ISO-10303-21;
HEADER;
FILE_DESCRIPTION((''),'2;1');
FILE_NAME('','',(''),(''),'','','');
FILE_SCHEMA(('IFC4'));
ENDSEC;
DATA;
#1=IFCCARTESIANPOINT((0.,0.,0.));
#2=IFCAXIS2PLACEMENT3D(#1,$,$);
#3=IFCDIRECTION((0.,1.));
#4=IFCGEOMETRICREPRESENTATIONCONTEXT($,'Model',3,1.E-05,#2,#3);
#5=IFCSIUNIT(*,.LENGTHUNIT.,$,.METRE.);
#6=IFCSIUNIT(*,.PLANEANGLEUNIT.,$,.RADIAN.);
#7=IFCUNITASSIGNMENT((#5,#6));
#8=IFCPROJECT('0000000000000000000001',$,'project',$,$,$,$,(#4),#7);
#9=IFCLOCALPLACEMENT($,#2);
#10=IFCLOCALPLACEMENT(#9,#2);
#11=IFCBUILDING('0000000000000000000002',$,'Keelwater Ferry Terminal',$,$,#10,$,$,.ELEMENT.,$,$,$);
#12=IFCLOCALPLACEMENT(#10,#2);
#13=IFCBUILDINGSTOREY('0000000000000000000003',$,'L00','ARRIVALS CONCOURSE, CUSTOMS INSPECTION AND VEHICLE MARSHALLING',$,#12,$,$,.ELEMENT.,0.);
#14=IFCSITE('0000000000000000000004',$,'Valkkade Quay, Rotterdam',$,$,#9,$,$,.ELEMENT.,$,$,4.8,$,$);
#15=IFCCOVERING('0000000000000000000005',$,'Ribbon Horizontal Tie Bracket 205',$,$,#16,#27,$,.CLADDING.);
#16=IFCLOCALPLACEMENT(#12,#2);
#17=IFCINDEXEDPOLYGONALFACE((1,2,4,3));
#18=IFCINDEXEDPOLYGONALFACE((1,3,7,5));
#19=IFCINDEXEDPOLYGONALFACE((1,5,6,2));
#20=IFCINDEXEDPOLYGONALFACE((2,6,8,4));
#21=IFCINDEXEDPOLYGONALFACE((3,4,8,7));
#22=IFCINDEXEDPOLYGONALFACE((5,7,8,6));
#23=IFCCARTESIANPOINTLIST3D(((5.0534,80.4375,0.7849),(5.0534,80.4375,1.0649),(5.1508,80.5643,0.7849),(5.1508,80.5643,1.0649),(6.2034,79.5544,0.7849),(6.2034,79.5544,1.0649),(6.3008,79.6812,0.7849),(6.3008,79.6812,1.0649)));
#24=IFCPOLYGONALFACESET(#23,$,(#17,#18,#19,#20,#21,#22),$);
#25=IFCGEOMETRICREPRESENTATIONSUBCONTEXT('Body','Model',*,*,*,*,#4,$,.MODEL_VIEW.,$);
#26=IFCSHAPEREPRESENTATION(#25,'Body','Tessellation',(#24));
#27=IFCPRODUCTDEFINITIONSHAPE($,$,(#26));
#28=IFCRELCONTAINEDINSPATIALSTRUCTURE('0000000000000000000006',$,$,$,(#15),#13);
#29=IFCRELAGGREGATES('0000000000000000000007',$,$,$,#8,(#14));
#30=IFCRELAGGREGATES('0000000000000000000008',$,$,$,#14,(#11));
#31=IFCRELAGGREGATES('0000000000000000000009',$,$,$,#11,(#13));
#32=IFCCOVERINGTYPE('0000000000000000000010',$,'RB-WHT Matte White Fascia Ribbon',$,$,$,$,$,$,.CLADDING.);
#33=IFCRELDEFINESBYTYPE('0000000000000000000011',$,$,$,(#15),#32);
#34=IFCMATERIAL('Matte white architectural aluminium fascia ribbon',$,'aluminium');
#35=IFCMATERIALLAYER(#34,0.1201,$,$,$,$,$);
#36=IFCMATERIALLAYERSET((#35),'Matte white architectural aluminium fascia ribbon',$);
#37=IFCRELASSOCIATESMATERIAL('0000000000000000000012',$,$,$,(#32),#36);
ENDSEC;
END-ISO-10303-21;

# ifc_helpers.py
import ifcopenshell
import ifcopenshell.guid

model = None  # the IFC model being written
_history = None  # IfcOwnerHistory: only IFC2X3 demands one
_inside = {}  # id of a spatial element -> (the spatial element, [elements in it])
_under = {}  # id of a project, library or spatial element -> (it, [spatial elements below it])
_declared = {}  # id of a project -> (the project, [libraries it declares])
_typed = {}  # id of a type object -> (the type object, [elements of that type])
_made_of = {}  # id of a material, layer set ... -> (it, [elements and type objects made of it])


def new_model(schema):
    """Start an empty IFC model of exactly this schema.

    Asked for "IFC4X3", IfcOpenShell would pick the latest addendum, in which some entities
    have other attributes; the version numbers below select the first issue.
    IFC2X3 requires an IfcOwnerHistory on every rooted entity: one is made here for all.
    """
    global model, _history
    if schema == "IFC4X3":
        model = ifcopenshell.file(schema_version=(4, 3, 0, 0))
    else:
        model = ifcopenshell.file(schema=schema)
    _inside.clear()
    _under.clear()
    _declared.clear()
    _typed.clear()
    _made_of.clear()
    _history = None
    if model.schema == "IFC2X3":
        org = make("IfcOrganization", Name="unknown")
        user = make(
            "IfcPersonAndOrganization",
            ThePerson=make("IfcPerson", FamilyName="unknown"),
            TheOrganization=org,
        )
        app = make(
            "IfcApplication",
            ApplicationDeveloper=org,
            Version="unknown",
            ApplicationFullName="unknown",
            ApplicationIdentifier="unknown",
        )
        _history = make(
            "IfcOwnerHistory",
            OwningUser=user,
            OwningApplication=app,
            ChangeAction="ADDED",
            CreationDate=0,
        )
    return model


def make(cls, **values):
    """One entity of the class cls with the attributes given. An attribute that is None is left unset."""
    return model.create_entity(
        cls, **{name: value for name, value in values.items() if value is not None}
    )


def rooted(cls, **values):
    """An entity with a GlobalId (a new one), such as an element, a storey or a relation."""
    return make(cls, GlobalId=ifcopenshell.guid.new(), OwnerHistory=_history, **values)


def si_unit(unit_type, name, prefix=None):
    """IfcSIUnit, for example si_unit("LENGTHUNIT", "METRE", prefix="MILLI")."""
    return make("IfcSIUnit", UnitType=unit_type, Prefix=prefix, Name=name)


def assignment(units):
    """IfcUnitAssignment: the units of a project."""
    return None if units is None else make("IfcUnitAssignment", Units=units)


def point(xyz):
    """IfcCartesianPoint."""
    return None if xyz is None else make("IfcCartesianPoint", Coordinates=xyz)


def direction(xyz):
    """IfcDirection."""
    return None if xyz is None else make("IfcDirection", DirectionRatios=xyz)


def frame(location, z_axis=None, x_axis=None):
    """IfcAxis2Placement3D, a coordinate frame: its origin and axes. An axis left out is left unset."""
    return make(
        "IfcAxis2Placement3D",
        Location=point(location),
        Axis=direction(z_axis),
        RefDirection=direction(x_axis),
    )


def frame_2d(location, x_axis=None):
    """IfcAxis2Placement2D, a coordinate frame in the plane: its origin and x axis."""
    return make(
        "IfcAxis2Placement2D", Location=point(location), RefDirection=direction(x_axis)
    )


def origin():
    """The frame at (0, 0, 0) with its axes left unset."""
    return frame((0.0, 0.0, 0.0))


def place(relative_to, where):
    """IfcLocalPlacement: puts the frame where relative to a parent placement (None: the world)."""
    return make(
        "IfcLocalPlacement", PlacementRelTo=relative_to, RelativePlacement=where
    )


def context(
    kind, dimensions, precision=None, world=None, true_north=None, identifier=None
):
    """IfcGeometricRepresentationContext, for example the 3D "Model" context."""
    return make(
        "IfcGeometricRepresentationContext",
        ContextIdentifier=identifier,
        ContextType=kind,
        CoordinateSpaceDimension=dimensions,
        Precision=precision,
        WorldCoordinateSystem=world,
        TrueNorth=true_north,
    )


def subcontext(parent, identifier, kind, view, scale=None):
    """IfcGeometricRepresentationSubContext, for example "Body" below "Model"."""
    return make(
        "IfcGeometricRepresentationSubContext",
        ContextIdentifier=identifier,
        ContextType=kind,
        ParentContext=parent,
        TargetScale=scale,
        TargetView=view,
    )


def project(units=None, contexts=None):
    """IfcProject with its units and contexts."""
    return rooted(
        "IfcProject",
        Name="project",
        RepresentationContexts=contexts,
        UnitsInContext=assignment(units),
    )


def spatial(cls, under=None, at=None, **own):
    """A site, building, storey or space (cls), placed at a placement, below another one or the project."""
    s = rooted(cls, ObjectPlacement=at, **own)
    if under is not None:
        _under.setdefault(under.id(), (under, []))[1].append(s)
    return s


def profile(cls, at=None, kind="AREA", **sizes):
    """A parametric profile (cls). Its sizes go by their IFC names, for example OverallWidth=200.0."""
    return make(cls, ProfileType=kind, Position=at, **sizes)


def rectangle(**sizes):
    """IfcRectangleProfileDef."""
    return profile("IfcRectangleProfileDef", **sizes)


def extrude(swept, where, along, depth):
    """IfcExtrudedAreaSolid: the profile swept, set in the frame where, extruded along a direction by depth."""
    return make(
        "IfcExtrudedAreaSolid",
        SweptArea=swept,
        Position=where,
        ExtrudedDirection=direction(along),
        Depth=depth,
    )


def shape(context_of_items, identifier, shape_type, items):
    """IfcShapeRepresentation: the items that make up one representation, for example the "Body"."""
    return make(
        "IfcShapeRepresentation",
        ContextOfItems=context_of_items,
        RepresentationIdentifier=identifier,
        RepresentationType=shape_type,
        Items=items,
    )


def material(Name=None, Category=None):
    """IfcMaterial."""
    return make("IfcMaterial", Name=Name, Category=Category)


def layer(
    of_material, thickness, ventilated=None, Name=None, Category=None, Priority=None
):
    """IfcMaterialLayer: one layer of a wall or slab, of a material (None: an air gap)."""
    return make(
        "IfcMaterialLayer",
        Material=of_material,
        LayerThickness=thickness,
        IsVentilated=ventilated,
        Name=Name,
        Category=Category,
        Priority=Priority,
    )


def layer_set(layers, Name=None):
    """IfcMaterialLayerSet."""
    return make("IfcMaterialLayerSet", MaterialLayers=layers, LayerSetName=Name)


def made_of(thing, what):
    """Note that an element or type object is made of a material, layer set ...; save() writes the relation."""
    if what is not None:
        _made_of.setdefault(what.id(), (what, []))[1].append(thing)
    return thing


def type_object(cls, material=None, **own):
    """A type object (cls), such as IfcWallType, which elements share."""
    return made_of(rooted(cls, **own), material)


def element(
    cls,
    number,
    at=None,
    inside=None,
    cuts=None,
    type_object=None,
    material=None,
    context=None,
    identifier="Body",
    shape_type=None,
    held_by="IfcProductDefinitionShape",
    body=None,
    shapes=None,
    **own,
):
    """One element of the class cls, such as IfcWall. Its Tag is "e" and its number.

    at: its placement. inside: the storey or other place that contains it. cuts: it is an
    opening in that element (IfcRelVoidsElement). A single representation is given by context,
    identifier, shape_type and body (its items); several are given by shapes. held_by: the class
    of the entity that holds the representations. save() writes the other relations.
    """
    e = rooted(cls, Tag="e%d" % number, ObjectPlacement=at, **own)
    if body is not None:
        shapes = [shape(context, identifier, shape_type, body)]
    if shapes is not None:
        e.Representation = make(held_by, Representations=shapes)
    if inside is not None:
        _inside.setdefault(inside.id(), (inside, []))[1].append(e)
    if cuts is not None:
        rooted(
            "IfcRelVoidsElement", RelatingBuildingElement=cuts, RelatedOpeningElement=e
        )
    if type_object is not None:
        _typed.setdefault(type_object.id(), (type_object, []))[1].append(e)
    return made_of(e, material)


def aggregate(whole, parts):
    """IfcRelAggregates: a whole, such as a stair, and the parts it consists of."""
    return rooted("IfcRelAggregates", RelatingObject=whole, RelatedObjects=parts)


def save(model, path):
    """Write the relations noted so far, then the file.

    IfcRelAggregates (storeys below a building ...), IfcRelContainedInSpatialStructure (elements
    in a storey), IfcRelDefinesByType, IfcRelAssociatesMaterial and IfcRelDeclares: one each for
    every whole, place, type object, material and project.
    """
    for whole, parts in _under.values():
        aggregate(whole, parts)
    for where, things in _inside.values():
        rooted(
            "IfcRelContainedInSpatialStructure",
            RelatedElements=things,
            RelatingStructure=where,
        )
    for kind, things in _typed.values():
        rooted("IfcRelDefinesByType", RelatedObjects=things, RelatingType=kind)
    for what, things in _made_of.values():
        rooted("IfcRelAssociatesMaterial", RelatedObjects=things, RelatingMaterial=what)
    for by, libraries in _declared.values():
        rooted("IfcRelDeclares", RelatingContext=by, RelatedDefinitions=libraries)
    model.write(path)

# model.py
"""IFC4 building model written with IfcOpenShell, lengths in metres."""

from ifc_helpers import new_model, si_unit, direction, frame, frame_2d, origin, place, context, subcontext, project, spatial, rectangle, extrude, material, layer, layer_set, type_object, element, save


model = new_model("IFC4")

# Units and contexts
model_context = context("Model", 3, precision=1e-05, world=origin(), true_north=direction((0.0, 1.0)))
body_context = subcontext(model_context, "Body", "Model", "MODEL_VIEW")
ifc_project = project(units=[si_unit("LENGTHUNIT", "METRE"), si_unit("PLANEANGLEUNIT", "RADIAN")], contexts=[model_context])

# Site, building, storey
site_placement = place(None, origin())
site = spatial("IfcSite", under=ifc_project, at=site_placement, Name="Valkkade Quay, Rotterdam", CompositionType="ELEMENT", RefElevation=4.8)
building_placement = place(site_placement, origin())
building = spatial("IfcBuilding", under=site, at=building_placement, Name="Keelwater Ferry Terminal", CompositionType="ELEMENT")
storey_placement = place(building_placement, origin())
storey = spatial("IfcBuildingStorey", under=building, at=storey_placement, Name="L00", Description="ARRIVALS CONCOURSE, CUSTOMS INSPECTION AND VEHICLE MARSHALLING", CompositionType="ELEMENT", Elevation=0.0)

# Covering
ifc_material_1 = material(Name="Matte white architectural aluminium fascia ribbon", Category="aluminium")
ifc_layer_1 = layer(ifc_material_1, 0.1201)
ifc_layer_set_1 = layer_set([ifc_layer_1], Name="Matte white architectural aluminium fascia ribbon")
covering_type = type_object("IfcCoveringType", Name="RB-WHT Matte White Fascia Ribbon", PredefinedType="CLADDING", material=ifc_layer_set_1)
covering_1_placement = place(storey_placement, frame((5.1021, 80.501, 0.7849), z_axis=(0.0, 0.0, 1.0), x_axis=(0.793118, -0.609068, 0.0)))
element("IfcCovering", 1, at=covering_1_placement, inside=storey, type_object=covering_type, Name="Ribbon Horizontal Tie Bracket 205", PredefinedType="CLADDING", context=body_context, shape_type="SweptSolid", body=[
    extrude(rectangle(XDim=1.45, YDim=0.1599, at=frame_2d((0.7251, 0.0))), origin(), (0.0, 0.0, 1.0), 0.28),
])

save(model, "model.ifc")
